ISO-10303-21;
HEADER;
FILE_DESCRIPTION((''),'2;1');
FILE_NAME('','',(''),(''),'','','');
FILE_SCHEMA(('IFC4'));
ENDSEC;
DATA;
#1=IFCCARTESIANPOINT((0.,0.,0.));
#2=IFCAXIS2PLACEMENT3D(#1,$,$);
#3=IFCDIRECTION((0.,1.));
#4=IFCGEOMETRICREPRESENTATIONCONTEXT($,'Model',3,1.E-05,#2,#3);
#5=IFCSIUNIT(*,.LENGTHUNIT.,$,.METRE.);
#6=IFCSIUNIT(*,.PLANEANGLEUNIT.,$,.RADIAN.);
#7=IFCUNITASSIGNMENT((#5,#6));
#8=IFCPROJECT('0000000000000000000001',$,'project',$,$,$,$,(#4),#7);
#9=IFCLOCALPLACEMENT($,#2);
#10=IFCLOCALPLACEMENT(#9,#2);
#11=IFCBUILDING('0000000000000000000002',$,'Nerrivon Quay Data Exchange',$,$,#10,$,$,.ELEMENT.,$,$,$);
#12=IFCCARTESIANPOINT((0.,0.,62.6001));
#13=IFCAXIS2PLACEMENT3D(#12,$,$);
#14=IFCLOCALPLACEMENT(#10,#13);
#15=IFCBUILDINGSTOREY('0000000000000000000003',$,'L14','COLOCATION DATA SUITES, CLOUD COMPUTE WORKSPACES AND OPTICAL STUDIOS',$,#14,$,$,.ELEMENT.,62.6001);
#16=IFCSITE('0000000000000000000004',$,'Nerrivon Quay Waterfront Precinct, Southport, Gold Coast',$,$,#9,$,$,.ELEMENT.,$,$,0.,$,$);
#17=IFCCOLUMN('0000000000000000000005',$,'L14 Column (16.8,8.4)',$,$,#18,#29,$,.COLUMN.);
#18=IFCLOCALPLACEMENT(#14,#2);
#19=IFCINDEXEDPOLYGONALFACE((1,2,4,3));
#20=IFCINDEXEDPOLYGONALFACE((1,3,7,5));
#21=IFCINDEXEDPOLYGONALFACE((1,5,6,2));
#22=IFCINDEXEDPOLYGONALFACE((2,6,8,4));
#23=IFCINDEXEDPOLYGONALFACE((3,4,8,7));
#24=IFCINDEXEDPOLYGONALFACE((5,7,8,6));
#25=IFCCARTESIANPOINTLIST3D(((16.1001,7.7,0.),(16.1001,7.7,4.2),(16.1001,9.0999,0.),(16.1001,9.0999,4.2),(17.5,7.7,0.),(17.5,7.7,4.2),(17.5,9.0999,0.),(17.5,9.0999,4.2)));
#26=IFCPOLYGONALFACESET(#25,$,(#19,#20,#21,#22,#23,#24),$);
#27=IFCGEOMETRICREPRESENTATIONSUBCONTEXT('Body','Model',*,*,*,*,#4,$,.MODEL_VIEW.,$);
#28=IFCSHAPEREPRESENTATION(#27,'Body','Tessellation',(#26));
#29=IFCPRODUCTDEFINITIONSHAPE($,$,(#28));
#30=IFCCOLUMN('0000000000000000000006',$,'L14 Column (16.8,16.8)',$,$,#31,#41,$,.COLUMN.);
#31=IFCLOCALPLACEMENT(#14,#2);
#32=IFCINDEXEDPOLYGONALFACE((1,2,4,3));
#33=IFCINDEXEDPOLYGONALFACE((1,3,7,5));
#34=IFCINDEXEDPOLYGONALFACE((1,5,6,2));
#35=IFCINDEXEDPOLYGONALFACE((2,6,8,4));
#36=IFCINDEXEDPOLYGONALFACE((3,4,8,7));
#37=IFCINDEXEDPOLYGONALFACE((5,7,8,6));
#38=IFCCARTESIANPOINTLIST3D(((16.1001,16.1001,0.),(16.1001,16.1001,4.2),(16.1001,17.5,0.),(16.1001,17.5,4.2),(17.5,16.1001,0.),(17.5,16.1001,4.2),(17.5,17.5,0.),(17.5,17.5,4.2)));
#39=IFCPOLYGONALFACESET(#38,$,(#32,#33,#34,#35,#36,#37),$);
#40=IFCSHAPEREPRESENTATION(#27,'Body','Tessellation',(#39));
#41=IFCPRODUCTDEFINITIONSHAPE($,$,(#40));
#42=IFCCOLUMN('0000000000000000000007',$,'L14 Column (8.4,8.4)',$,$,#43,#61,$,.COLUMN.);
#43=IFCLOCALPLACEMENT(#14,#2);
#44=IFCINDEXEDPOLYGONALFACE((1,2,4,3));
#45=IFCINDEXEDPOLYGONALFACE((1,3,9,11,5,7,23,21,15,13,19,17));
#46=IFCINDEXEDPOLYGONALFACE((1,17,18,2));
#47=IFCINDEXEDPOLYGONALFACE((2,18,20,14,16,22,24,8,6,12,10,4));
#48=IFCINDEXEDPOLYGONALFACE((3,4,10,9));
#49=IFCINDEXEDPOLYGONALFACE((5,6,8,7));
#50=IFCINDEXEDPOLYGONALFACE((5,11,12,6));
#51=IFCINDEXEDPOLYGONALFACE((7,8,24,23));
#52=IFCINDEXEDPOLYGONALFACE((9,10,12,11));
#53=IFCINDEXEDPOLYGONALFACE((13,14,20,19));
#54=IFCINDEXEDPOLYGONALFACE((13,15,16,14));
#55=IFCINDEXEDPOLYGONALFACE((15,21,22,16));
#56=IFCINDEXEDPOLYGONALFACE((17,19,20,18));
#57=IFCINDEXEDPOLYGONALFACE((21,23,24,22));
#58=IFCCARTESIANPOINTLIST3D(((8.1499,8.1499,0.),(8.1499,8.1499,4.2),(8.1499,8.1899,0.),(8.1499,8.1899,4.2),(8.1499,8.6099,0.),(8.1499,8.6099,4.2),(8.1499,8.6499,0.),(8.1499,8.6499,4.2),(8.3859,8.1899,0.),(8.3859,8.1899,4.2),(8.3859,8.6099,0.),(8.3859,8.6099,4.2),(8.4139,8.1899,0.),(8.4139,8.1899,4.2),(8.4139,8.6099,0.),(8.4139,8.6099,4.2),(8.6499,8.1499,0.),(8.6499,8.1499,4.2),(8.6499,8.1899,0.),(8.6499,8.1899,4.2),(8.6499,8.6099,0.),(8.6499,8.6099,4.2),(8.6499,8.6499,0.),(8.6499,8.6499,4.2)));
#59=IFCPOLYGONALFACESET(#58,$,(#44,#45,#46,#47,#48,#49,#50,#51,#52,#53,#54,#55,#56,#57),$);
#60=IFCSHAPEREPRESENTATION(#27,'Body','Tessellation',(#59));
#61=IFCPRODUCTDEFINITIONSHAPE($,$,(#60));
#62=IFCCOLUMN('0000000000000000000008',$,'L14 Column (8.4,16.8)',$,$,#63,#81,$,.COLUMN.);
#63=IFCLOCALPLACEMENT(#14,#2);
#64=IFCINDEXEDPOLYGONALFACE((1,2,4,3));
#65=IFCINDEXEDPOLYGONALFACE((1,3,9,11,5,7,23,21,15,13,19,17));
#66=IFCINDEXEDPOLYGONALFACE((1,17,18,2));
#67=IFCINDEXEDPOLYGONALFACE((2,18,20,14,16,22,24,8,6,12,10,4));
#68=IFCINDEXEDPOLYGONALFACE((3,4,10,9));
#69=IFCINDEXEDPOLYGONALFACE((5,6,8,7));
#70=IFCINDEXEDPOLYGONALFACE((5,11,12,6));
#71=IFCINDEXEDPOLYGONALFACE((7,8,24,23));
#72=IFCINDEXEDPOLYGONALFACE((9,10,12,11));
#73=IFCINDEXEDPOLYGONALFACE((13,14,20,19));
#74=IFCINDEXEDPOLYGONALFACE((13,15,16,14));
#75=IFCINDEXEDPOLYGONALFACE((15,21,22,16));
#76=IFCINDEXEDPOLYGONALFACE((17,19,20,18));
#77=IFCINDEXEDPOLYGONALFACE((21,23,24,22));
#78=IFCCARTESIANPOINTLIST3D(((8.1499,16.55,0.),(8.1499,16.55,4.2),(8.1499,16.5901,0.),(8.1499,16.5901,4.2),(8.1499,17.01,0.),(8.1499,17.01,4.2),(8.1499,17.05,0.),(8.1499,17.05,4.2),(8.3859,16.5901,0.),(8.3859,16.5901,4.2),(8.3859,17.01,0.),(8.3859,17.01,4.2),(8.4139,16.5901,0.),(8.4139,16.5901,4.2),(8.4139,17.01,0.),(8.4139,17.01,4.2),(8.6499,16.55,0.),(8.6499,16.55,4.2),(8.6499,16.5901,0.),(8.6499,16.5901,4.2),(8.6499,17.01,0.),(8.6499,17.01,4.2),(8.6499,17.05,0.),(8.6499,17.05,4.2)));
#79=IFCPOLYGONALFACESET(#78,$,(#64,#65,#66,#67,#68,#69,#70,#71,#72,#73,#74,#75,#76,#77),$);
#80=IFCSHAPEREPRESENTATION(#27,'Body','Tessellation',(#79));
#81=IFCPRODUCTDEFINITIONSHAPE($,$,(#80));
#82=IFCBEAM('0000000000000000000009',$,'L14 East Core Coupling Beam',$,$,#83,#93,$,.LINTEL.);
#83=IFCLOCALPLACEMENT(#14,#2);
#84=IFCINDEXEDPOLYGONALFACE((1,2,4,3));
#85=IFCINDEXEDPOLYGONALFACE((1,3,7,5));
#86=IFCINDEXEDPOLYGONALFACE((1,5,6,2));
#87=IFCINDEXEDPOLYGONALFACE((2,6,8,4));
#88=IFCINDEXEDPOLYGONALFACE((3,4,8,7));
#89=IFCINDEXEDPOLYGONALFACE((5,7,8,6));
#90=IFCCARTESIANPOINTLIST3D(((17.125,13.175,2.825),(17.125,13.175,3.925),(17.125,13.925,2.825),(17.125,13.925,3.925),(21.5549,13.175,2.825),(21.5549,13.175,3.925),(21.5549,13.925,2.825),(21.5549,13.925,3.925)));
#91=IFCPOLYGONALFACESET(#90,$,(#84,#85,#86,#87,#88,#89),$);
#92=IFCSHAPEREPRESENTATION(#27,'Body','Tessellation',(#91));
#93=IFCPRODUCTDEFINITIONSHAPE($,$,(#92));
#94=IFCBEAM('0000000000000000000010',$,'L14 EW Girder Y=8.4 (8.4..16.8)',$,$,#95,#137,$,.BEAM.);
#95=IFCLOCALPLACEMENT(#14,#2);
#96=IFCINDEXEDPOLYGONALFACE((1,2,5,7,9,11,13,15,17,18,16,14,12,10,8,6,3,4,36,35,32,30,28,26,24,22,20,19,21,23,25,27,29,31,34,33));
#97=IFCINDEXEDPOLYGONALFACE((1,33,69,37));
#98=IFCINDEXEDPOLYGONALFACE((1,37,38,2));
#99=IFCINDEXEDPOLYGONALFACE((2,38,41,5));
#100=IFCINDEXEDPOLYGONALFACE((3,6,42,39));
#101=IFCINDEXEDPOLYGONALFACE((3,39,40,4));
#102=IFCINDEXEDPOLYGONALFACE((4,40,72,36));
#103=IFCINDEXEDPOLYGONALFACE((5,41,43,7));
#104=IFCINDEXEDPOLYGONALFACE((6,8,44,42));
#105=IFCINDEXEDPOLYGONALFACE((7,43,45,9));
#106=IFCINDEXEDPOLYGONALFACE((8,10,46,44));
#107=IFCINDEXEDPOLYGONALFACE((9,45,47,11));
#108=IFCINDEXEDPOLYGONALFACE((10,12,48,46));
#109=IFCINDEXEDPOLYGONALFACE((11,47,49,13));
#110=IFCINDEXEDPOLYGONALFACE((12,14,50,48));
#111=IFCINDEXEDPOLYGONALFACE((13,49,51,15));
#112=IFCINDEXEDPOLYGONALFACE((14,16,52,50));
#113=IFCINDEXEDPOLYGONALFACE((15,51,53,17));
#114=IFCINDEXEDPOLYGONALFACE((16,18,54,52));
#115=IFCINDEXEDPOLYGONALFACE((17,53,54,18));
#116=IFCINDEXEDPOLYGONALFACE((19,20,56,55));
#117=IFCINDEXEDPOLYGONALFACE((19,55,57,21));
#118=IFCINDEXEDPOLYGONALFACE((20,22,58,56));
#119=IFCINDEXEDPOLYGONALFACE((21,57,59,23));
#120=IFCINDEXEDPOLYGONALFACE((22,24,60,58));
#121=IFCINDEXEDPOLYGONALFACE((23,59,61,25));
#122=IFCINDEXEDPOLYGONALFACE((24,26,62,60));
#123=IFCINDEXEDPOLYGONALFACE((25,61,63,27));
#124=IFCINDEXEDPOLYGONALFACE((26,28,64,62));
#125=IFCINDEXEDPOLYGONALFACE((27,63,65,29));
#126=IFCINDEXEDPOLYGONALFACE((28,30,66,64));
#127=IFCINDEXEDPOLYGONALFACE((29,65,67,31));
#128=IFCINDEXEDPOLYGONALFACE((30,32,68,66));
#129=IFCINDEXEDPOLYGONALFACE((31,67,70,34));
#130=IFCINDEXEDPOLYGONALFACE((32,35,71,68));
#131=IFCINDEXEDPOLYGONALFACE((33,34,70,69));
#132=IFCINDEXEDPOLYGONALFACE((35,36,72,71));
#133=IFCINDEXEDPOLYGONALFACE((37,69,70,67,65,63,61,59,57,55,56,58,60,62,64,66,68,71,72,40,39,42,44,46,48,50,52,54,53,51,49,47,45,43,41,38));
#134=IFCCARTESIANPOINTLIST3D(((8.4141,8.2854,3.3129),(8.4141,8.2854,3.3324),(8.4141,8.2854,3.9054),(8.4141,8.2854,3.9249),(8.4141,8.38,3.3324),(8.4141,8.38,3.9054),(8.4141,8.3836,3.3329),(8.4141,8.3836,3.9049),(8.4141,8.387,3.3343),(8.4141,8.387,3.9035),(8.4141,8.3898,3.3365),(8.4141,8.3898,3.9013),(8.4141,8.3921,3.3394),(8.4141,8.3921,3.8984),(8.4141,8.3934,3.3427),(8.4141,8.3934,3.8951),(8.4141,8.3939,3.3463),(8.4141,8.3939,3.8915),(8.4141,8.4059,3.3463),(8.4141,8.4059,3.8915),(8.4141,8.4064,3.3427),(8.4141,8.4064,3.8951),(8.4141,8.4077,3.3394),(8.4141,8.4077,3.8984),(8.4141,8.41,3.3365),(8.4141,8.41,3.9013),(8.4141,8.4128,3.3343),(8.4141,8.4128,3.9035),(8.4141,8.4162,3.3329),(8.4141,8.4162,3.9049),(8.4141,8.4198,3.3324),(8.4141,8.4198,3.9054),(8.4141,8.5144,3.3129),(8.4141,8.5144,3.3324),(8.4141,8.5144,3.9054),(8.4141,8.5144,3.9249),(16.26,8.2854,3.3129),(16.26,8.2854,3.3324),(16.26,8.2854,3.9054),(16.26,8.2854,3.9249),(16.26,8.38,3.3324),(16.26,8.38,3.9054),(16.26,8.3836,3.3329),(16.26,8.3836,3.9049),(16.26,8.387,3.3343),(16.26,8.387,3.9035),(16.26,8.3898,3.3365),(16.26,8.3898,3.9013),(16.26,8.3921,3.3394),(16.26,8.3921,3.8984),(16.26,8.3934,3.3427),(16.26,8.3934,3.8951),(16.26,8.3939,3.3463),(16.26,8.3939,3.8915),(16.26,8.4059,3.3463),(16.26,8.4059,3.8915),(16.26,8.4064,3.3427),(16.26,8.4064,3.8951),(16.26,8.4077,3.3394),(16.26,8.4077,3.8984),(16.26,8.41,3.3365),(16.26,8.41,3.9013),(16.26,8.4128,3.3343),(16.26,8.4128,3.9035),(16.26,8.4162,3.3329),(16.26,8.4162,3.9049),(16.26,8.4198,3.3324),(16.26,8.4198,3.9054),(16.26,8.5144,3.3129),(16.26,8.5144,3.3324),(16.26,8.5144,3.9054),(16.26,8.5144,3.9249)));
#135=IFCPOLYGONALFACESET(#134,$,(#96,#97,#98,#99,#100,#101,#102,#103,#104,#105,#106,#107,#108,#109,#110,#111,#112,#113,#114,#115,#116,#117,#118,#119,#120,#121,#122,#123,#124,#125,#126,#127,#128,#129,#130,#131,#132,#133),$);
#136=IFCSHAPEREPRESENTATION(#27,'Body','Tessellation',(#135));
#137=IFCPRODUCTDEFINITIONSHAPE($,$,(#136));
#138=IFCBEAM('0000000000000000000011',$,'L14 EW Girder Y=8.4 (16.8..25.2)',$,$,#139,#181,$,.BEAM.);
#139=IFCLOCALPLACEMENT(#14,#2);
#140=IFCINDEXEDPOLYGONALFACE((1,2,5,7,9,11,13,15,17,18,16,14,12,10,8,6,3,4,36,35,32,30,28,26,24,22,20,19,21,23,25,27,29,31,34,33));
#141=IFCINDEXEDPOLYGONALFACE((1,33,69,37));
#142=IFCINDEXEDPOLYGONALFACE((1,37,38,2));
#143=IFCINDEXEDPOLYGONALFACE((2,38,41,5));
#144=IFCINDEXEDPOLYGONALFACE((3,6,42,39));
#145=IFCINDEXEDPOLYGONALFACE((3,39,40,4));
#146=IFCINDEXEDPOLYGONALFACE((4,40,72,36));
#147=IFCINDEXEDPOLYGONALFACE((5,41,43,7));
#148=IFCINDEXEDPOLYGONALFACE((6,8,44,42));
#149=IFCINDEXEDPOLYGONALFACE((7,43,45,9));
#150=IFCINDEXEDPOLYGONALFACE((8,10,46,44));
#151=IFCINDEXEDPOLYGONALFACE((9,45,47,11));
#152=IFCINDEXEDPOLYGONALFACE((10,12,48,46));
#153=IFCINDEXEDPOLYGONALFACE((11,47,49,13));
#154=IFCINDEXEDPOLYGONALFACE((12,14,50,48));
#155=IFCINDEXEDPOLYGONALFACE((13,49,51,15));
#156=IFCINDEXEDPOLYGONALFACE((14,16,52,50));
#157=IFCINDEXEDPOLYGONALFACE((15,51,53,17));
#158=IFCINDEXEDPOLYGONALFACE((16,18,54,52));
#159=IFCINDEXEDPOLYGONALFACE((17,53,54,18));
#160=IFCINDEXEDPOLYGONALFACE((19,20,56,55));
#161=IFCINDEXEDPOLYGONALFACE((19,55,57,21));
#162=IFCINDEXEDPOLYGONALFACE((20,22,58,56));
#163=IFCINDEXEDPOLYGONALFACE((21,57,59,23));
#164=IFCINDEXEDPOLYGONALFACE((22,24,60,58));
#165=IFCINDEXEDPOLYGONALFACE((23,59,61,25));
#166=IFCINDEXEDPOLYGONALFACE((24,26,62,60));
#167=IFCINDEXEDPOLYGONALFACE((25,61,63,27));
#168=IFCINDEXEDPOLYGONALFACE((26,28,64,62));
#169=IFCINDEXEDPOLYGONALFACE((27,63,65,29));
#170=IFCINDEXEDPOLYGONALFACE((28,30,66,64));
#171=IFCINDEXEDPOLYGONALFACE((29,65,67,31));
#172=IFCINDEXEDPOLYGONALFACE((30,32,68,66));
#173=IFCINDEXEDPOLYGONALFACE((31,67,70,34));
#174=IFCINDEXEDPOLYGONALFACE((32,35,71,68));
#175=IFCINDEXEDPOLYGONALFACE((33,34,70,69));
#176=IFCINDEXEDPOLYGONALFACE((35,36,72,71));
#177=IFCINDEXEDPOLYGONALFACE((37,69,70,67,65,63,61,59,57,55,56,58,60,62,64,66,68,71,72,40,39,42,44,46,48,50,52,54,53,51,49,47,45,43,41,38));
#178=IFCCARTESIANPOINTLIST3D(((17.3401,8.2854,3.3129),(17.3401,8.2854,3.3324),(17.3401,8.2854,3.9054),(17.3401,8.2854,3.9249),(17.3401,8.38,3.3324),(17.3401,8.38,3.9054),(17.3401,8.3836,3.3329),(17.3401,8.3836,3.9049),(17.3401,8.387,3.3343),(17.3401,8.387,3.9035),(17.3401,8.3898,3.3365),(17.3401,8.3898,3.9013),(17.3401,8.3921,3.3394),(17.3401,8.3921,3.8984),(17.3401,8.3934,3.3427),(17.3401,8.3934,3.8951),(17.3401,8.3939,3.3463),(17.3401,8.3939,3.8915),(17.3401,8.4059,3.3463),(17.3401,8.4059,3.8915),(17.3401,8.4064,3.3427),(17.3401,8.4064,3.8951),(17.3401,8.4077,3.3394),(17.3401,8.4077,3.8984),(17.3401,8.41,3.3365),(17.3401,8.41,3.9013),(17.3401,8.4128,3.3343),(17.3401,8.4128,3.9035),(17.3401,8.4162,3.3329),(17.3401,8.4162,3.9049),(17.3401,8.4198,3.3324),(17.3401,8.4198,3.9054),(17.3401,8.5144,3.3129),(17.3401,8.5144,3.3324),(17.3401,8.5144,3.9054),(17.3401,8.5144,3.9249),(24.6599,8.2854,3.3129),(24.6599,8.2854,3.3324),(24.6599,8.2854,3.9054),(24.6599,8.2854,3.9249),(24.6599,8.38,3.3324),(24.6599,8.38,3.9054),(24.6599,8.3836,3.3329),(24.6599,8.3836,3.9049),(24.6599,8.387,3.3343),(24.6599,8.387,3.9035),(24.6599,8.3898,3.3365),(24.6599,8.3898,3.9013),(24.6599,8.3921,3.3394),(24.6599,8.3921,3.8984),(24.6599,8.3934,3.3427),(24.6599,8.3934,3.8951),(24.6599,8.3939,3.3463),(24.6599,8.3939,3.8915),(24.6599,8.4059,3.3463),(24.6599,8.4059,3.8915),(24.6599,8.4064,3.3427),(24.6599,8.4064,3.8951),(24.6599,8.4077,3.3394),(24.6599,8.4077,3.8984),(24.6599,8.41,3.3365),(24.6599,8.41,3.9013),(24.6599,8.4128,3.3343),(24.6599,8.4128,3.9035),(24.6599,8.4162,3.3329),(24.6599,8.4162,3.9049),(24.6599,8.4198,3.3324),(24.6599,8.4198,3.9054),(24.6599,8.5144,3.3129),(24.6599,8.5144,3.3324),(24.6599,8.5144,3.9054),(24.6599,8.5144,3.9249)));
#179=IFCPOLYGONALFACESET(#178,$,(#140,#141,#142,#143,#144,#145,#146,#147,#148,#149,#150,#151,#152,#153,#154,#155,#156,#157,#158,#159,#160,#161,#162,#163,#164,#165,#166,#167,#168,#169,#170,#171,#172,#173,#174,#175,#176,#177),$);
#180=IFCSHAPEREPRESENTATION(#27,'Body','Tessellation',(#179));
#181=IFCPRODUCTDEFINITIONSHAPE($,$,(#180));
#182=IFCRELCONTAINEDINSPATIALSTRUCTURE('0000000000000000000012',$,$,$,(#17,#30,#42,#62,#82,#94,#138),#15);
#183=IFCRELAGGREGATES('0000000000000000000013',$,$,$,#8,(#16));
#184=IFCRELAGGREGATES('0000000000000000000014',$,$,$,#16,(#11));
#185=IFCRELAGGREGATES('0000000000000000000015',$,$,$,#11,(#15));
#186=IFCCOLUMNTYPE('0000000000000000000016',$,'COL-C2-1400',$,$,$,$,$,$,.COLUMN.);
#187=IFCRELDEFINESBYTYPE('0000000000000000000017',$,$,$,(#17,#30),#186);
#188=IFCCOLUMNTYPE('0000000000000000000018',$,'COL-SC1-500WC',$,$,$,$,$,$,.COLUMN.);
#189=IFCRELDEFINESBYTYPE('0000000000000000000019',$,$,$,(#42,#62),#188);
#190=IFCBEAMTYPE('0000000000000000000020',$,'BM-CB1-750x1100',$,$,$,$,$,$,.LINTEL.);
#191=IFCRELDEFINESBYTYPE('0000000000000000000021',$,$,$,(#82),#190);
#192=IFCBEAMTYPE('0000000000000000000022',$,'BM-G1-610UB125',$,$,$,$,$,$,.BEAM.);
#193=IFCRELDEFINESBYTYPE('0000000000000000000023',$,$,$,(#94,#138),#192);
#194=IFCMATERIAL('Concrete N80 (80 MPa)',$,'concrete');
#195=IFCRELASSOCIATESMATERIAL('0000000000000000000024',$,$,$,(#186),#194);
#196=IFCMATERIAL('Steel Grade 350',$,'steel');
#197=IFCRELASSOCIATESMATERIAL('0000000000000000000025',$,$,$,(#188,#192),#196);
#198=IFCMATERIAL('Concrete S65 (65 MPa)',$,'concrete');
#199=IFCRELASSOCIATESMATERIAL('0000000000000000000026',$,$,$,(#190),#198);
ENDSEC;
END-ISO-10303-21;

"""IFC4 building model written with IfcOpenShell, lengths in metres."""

from ifc_helpers import new_model, si_unit, direction, frame, origin, origin_2d, place, context, subcontext, project, spatial, rectangle, i_section, extrude, material, material_profile, profile_set, type_object, element, save


model = new_model("IFC4")

# Units and contexts
model_context = context("Model", 3, precision=1e-05, world=origin(), true_north=direction((0.0, 1.0)))
body_context = subcontext(model_context, "Body", "Model", "MODEL_VIEW")
ifc_project = project(units=[si_unit("LENGTHUNIT", "METRE"), si_unit("PLANEANGLEUNIT", "RADIAN")], contexts=[model_context])

# Site, building, storey
site_placement = place(None, origin())
site = spatial("IfcSite", under=ifc_project, at=site_placement, Name="Nerrivon Quay Waterfront Precinct, Southport, Gold Coast", CompositionType="ELEMENT", RefElevation=0.0)
building_placement = place(site_placement, origin())
building = spatial("IfcBuilding", under=site, at=building_placement, Name="Nerrivon Quay Data Exchange", CompositionType="ELEMENT")
storey_placement = place(building_placement, frame((0.0, 0.0, 62.6001)))
storey = spatial("IfcBuildingStorey", under=building, at=storey_placement, Name="L14", Description="COLOCATION DATA SUITES, CLOUD COMPUTE WORKSPACES AND OPTICAL STUDIOS", CompositionType="ELEMENT", Elevation=62.6001)

# Columns
ifc_material_1 = material(Name="Concrete N80 (80 MPa)", Category="concrete")
ifc_material_profile_1 = material_profile(ifc_material_1, rectangle(XDim=1.3999, YDim=1.3999, at=origin_2d()), Name="RC-COL-1400x1400")
ifc_profile_set_1 = profile_set([ifc_material_profile_1], Name="Concrete N80 (80 MPa)")
column_type_1 = type_object("IfcColumnType", Name="COL-C2-1400", PredefinedType="COLUMN", material=ifc_profile_set_1)
for number, where, z_axis, x_axis, name in (
    (1, (16.8, 8.3999, 0.0), (0.0, 0.0, 1.0), (1.0, 0.0, 0.0), "L14 Column (16.8,8.4)"),
    (2, (16.8, 16.8, 0.0), (0.0, 0.0, 1.0), (1.0, 0.0, 0.0), "L14 Column (16.8,16.8)"),
):
    element("IfcColumn", number, at=place(storey_placement, frame(where, z_axis=z_axis, x_axis=x_axis)), inside=storey, type_object=column_type_1, Name=name, PredefinedType="COLUMN", context=body_context, shape_type="SweptSolid", body=[
        extrude(rectangle(XDim=1.3999, YDim=1.3999, at=origin_2d()), origin(), (0.0, 0.0, 1.0), 4.2),
    ])
ifc_material_2 = material(Name="Steel Grade 350", Category="steel")
ifc_material_profile_2 = material_profile(ifc_material_2, i_section(OverallWidth=0.5, OverallDepth=0.5, WebThickness=0.0281, FlangeThickness=0.04, at=origin_2d()), Name="500WC440")
ifc_profile_set_2 = profile_set([ifc_material_profile_2], Name="Steel Grade 350")
column_type_2 = type_object("IfcColumnType", Name="COL-SC1-500WC", PredefinedType="COLUMN", material=ifc_profile_set_2)
for number, where, z_axis, x_axis, name in (
    (3, (8.3999, 8.3999, 0.0), (0.0, 0.0, 1.0), (1.0, 0.0, 0.0), "L14 Column (8.4,8.4)"),
    (4, (8.3999, 16.8, 0.0), (0.0, 0.0, 1.0), (1.0, 0.0, 0.0), "L14 Column (8.4,16.8)"),
):
    element("IfcColumn", number, at=place(storey_placement, frame(where, z_axis=z_axis, x_axis=x_axis)), inside=storey, type_object=column_type_2, Name=name, PredefinedType="COLUMN", context=body_context, shape_type="SweptSolid", body=[
        extrude(i_section(OverallWidth=0.5, OverallDepth=0.5, WebThickness=0.0281, FlangeThickness=0.04, at=origin_2d()), origin(), (0.0, 0.0, 1.0), 4.2),
    ])

# Beams
ifc_material_3 = material(Name="Concrete S65 (65 MPa)", Category="concrete")
ifc_material_profile_3 = material_profile(ifc_material_3, rectangle(XDim=0.75, YDim=1.1001, at=origin_2d()), Name="RC-CB-750x1100")
ifc_profile_set_3 = profile_set([ifc_material_profile_3], Name="Concrete S65 (65 MPa)")
beam_type_1 = type_object("IfcBeamType", Name="BM-CB1-750x1100", PredefinedType="LINTEL", material=ifc_profile_set_3)
beam_1_placement = place(storey_placement, frame((17.125, 13.55, 3.375), z_axis=(1.0, 0.0, 0.0), x_axis=(0.0, 1.0, 0.0)))
element("IfcBeam", 5, at=beam_1_placement, inside=storey, type_object=beam_type_1, Name="L14 East Core Coupling Beam", PredefinedType="LINTEL", context=body_context, shape_type="SweptSolid", body=[
    extrude(rectangle(XDim=0.75, YDim=1.1001, at=origin_2d()), origin(), (0.0, 0.0, 1.0), 4.4299),
])
ifc_material_profile_4 = material_profile(ifc_material_2, i_section(OverallWidth=0.229, OverallDepth=0.6121, WebThickness=0.012, FlangeThickness=0.0195, FilletRadius=0.0139, at=origin_2d()), Name="610UB125")
ifc_profile_set_4 = profile_set([ifc_material_profile_4], Name="Steel Grade 350")
beam_type_2 = type_object("IfcBeamType", Name="BM-G1-610UB125", PredefinedType="BEAM", material=ifc_profile_set_4)
beam_2_placement = place(storey_placement, frame((8.4141, 8.3999, 3.6189), z_axis=(1.0, 0.0, 0.0), x_axis=(0.0, 1.0, 0.0)))
element("IfcBeam", 6, at=beam_2_placement, inside=storey, type_object=beam_type_2, Name="L14 EW Girder Y=8.4 (8.4..16.8)", PredefinedType="BEAM", context=body_context, shape_type="SweptSolid", body=[
    extrude(i_section(OverallWidth=0.229, OverallDepth=0.6121, WebThickness=0.012, FlangeThickness=0.0195, FilletRadius=0.0139, at=origin_2d()), origin(), (0.0, 0.0, 1.0), 7.8459),
])
beam_3_placement = place(storey_placement, frame((17.3401, 8.3999, 3.6189), z_axis=(1.0, 0.0, 0.0), x_axis=(0.0, 1.0, 0.0)))
element("IfcBeam", 7, at=beam_3_placement, inside=storey, type_object=beam_type_2, Name="L14 EW Girder Y=8.4 (16.8..25.2)", PredefinedType="BEAM", context=body_context, shape_type="SweptSolid", body=[
    extrude(i_section(OverallWidth=0.229, OverallDepth=0.6121, WebThickness=0.012, FlangeThickness=0.0195, FilletRadius=0.0139, at=origin_2d()), origin(), (0.0, 0.0, 1.0), 7.3198),
])

save(model, "model.ifc")
